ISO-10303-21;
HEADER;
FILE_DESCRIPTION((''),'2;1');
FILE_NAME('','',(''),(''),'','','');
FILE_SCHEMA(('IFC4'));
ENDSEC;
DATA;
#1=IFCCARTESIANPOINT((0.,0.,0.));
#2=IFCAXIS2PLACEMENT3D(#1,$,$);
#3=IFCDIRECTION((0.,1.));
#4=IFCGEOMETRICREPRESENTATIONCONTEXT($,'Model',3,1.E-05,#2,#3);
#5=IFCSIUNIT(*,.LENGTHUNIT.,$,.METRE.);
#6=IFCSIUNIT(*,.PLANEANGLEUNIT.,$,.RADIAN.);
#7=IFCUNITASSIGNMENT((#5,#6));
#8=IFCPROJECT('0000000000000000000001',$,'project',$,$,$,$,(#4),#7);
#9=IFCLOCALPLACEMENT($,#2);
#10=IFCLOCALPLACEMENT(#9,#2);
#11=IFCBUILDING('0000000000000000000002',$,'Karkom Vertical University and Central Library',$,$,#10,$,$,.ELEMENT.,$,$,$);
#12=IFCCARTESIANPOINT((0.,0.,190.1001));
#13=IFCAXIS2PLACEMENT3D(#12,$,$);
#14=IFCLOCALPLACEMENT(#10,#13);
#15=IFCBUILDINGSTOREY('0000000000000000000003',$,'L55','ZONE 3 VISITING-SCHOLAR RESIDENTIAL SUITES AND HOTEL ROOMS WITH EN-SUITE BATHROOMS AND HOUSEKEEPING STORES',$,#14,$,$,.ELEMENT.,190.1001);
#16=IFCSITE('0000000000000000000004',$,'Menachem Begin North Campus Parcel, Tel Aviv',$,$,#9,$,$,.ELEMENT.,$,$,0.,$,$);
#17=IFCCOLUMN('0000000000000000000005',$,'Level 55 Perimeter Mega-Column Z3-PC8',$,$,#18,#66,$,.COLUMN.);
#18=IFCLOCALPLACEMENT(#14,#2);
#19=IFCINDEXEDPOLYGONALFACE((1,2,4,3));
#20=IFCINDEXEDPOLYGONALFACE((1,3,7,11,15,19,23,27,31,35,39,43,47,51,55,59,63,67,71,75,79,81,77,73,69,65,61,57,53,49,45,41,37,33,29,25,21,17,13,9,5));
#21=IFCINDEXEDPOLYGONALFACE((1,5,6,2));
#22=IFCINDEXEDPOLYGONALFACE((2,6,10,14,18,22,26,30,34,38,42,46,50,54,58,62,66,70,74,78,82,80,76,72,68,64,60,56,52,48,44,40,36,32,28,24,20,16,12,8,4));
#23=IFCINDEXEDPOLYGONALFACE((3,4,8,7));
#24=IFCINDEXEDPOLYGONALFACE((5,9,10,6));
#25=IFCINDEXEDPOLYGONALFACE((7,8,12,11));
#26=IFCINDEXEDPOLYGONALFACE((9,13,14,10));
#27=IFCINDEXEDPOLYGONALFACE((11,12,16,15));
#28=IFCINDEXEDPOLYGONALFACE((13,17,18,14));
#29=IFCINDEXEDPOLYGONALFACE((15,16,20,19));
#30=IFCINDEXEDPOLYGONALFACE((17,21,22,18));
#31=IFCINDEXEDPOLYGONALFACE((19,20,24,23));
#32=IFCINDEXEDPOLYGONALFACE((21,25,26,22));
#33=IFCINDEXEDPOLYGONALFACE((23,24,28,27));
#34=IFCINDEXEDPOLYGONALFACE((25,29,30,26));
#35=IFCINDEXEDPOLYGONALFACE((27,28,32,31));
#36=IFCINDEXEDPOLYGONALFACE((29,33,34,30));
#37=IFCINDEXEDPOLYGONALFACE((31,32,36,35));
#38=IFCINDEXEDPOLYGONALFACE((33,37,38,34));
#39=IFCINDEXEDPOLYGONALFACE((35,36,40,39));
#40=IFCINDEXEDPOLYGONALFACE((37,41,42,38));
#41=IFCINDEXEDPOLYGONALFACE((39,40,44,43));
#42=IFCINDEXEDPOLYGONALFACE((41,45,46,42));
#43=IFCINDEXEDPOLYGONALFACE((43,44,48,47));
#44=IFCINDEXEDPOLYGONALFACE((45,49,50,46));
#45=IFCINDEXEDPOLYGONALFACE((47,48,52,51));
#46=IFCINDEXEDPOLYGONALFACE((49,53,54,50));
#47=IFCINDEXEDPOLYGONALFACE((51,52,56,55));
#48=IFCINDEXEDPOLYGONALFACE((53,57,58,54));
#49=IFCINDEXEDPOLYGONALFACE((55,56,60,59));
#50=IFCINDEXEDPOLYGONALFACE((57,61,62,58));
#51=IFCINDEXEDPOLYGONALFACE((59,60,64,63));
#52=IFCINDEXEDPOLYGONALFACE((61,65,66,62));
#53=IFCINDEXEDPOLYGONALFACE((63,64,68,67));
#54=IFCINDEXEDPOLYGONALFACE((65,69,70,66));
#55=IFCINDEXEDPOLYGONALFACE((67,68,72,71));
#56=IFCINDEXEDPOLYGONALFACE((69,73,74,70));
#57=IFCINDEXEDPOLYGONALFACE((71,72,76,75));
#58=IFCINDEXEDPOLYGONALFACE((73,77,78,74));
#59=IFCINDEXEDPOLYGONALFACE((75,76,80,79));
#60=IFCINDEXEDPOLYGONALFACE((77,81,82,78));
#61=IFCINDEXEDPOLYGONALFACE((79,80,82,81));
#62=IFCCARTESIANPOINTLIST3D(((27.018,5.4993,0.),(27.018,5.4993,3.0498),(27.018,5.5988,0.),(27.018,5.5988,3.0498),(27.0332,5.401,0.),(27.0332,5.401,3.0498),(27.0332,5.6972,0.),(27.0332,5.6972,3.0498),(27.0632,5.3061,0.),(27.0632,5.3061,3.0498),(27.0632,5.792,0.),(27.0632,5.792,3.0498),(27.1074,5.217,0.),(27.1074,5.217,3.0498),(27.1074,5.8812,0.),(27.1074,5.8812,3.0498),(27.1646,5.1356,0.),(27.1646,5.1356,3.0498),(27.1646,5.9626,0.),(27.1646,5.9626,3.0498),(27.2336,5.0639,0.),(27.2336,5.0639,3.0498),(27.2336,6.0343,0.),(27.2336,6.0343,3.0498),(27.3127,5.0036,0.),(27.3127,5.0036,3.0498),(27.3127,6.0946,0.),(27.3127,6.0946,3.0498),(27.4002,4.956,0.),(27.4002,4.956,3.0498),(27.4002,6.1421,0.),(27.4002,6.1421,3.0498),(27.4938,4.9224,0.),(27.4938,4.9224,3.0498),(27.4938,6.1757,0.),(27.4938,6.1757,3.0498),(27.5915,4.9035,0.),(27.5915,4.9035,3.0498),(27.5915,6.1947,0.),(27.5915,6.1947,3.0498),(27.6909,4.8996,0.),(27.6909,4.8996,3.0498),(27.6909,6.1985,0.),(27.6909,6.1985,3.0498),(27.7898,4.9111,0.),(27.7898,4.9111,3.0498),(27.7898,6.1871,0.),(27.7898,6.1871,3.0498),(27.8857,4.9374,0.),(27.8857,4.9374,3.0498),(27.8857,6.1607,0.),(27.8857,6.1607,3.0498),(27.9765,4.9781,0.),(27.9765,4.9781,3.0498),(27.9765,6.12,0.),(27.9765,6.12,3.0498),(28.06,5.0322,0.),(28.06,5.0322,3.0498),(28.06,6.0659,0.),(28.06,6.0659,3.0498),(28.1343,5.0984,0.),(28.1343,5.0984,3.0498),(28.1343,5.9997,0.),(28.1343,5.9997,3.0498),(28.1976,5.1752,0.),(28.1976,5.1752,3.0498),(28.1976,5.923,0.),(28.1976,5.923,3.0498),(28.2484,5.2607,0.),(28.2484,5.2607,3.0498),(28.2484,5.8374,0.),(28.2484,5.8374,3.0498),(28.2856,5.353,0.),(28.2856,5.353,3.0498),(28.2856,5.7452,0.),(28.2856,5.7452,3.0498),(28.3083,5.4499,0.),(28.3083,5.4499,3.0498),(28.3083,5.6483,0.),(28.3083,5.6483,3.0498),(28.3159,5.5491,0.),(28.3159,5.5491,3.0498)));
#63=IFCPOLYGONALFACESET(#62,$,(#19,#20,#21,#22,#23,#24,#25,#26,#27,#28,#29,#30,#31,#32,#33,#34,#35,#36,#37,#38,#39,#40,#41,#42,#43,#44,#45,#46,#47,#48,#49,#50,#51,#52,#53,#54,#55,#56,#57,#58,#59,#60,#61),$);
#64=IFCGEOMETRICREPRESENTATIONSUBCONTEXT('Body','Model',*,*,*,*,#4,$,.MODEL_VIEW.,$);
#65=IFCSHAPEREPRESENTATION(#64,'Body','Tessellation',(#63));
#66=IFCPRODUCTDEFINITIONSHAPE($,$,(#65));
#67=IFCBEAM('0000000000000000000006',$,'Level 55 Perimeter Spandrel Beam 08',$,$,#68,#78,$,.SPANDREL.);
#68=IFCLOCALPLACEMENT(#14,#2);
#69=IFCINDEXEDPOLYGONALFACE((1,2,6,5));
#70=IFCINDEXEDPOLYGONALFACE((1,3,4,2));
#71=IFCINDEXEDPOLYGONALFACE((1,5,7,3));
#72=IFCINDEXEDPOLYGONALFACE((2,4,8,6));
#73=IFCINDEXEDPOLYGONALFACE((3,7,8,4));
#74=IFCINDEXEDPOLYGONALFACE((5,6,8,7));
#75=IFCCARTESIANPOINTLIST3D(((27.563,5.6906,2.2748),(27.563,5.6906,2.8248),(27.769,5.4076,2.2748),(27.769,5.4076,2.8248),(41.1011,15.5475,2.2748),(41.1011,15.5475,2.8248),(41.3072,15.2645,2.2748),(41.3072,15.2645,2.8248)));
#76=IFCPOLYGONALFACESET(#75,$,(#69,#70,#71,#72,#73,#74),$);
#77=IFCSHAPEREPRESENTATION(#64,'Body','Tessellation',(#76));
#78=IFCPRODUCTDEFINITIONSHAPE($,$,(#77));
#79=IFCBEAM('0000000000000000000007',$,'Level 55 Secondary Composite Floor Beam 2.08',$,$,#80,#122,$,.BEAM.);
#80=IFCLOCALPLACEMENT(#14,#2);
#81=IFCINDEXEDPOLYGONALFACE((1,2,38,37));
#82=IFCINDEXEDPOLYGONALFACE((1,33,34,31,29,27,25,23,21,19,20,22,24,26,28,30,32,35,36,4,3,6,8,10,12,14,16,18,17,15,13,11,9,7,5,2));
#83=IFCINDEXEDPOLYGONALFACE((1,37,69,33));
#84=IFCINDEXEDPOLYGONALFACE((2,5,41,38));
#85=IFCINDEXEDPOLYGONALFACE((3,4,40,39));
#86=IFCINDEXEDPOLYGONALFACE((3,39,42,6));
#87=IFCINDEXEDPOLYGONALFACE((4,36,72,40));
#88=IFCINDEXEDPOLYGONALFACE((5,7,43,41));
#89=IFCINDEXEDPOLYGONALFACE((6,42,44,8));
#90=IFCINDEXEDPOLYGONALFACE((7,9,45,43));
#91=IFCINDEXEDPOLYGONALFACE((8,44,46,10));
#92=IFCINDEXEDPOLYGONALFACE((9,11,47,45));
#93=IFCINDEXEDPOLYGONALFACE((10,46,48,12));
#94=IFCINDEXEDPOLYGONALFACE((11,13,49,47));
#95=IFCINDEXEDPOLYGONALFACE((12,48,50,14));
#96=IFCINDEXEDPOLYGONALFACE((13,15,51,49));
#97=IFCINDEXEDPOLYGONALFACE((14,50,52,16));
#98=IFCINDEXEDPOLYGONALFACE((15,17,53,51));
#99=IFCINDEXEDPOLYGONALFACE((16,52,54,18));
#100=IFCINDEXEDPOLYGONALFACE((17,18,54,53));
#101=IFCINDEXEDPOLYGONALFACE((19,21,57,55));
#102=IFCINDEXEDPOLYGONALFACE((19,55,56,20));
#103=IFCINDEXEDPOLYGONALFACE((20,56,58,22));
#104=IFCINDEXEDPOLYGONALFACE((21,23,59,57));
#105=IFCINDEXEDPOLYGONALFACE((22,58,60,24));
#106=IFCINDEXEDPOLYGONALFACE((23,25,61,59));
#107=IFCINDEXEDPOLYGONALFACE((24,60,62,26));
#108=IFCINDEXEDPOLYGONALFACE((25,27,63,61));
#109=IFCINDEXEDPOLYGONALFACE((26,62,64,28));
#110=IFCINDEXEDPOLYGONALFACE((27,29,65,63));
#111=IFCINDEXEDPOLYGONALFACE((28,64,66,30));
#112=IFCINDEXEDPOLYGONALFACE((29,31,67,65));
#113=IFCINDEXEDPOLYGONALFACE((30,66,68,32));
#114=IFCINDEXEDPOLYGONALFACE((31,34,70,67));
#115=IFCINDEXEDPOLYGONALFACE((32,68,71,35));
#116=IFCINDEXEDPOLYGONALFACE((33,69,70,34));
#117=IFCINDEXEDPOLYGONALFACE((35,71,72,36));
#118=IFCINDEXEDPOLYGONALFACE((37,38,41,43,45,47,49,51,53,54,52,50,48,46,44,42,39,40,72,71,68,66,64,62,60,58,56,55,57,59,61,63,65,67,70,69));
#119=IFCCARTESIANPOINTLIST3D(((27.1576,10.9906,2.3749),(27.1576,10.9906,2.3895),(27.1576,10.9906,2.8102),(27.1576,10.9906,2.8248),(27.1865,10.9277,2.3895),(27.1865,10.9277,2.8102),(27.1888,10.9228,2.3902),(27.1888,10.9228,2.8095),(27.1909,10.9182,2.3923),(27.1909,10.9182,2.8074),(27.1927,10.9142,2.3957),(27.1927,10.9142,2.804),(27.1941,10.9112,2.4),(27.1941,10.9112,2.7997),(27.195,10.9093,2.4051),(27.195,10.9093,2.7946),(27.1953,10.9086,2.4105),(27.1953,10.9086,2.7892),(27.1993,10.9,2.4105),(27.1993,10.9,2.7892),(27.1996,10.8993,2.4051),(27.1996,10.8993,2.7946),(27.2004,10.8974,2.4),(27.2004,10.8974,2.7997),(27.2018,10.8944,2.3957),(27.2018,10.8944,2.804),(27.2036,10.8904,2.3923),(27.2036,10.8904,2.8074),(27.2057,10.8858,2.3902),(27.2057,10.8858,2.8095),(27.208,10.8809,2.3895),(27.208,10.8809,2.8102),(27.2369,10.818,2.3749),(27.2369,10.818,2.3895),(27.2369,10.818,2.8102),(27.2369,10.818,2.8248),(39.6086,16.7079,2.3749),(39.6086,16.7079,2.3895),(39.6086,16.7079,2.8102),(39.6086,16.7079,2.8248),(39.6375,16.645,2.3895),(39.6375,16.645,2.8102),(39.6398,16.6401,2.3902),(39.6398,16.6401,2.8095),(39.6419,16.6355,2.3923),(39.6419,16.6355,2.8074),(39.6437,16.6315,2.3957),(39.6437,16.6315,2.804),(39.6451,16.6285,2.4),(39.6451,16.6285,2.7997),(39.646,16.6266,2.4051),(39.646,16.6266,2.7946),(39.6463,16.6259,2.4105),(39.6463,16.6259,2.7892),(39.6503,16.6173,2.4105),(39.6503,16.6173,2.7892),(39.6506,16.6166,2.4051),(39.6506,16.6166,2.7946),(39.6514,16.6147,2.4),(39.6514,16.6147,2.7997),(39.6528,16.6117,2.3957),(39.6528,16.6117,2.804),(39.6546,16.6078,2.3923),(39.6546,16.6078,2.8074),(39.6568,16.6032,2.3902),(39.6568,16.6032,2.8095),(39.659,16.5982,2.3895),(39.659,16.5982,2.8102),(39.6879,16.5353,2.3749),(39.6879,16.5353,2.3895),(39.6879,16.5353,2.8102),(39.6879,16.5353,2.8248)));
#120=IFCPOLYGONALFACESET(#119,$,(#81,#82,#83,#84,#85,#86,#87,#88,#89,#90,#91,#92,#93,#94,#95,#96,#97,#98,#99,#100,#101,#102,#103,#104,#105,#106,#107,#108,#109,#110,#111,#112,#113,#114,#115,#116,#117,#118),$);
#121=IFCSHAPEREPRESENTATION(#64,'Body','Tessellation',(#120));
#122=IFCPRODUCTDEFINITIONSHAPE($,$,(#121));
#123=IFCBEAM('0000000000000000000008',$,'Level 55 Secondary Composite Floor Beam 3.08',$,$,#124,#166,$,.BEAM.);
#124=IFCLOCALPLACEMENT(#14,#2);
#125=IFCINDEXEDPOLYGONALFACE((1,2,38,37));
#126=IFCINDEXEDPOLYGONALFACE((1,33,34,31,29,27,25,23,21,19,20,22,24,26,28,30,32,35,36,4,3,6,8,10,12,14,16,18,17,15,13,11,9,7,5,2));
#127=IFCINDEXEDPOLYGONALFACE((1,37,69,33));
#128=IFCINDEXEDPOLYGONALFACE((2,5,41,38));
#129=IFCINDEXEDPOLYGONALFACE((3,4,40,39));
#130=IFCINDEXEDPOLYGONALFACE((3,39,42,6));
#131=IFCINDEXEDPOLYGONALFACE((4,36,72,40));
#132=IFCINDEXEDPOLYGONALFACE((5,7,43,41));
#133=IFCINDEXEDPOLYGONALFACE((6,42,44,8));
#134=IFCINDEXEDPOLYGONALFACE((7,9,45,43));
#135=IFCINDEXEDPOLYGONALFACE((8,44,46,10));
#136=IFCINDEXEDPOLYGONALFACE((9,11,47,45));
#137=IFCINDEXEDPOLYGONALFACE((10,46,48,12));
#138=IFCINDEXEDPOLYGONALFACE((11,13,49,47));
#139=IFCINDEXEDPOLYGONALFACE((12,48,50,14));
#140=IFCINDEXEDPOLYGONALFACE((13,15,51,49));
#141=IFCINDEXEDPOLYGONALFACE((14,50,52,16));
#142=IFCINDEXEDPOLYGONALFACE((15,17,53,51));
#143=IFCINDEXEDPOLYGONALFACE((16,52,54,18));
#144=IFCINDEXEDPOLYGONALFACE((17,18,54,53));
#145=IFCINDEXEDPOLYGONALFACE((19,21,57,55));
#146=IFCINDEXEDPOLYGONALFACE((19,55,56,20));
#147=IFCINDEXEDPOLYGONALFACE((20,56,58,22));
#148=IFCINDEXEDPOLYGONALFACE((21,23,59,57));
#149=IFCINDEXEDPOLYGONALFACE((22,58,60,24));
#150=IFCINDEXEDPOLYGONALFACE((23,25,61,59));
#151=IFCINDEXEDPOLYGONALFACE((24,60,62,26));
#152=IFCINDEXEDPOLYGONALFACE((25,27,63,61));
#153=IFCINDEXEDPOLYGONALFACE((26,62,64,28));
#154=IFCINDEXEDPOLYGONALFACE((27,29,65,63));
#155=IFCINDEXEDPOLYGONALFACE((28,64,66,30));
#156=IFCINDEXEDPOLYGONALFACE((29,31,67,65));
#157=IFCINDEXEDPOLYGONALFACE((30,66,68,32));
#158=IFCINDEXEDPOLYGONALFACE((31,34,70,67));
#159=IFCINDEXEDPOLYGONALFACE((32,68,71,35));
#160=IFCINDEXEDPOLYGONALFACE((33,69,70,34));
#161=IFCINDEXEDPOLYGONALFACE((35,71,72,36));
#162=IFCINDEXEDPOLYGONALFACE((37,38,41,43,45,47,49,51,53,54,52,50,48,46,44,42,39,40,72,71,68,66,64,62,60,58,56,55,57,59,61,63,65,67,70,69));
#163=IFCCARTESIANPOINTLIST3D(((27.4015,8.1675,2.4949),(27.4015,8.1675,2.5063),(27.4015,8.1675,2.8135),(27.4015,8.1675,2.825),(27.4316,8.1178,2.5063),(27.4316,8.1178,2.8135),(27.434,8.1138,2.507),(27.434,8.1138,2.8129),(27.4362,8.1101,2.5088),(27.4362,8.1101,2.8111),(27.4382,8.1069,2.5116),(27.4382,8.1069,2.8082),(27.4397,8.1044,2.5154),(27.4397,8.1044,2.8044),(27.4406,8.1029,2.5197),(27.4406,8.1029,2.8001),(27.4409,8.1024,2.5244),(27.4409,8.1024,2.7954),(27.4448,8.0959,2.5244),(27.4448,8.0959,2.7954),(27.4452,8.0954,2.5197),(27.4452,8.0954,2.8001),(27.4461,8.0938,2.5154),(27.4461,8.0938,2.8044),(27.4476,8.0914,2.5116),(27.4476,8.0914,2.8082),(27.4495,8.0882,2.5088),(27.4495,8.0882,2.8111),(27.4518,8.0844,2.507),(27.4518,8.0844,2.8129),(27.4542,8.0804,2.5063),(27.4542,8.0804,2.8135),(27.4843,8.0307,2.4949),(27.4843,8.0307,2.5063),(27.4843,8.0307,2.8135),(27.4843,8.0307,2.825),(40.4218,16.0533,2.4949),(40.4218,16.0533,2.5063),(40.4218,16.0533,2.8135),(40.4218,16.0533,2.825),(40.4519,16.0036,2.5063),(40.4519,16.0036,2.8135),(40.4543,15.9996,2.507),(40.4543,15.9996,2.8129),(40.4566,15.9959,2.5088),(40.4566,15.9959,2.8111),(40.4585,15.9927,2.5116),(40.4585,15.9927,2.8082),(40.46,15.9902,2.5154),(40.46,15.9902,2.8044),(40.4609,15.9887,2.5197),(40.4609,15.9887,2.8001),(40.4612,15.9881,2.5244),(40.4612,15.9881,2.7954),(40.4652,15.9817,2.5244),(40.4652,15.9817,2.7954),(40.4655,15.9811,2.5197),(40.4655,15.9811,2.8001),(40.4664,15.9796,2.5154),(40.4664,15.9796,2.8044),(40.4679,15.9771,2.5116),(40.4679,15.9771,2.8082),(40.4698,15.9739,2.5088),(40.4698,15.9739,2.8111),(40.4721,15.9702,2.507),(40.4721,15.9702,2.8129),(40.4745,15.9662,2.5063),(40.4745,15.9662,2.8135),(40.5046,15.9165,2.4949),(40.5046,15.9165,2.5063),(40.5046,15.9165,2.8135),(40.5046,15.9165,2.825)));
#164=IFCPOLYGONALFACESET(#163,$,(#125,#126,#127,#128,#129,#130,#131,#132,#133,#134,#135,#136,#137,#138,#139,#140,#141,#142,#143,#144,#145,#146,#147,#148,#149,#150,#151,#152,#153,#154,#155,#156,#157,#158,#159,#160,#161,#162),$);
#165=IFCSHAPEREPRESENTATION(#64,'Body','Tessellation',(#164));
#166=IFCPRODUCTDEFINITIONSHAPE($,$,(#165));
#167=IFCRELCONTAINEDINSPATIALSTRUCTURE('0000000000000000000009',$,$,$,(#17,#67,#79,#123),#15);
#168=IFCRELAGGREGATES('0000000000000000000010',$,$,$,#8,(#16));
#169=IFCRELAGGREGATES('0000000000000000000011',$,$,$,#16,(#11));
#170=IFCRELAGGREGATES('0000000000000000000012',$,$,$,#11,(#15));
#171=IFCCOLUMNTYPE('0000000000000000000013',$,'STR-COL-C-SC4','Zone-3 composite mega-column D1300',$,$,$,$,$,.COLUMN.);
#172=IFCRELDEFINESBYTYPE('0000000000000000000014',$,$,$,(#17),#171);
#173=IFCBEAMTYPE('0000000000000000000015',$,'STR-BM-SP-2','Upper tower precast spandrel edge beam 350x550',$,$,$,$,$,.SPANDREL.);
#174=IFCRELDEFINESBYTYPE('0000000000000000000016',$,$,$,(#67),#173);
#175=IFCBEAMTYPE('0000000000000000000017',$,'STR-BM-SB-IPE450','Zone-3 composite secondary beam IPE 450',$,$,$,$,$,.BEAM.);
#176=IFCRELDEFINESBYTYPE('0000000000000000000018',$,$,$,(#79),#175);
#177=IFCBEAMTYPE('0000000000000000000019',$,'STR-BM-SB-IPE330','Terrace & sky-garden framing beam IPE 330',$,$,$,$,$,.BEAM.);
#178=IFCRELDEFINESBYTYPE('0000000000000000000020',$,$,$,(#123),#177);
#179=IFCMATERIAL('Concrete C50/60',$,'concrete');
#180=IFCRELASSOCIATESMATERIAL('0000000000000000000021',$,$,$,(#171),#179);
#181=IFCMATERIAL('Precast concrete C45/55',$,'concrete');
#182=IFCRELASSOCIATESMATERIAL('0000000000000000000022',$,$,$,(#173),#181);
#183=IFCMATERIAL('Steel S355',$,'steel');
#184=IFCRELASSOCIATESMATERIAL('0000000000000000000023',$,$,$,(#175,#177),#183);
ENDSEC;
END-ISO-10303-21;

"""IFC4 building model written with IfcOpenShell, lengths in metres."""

from ifc_helpers import new_model, si_unit, direction, frame, origin, origin_with_axes, origin_2d, place, context, subcontext, project, spatial, rectangle, circle, i_section, extrude, source, transform, mapped, material, material_profile, profile_set, type_object, element, save


model = new_model("IFC4")

# Units and contexts
model_context = context("Model", 3, precision=1e-05, world=origin(), true_north=direction((0.0, 1.0)))
body_context = subcontext(model_context, "Body", "Model", "MODEL_VIEW")
ifc_project = project(units=[si_unit("LENGTHUNIT", "METRE"), si_unit("PLANEANGLEUNIT", "RADIAN")], contexts=[model_context])

# Site, building, storey
site_placement = place(None, origin())
site = spatial("IfcSite", under=ifc_project, at=site_placement, Name="Menachem Begin North Campus Parcel, Tel Aviv", CompositionType="ELEMENT", RefElevation=0.0)
building_placement = place(site_placement, origin())
building = spatial("IfcBuilding", under=site, at=building_placement, Name="Karkom Vertical University and Central Library", CompositionType="ELEMENT")
storey_placement = place(building_placement, frame((0.0, 0.0, 190.1001)))
storey = spatial("IfcBuildingStorey", under=building, at=storey_placement, Name="L55", Description="ZONE 3 VISITING-SCHOLAR RESIDENTIAL SUITES AND HOTEL ROOMS WITH EN-SUITE BATHROOMS AND HOUSEKEEPING STORES", CompositionType="ELEMENT", Elevation=190.1001)

# Column
ifc_material_1 = material(Name="Concrete C50/60", Category="concrete")
ifc_material_profile_1 = material_profile(ifc_material_1, circle(Radius=0.6499, at=origin_2d()), Name="CFT-D1300")
ifc_profile_set_1 = profile_set([ifc_material_profile_1], Name="Concrete C50/60")
column_type = type_object("IfcColumnType", Name="STR-COL-C-SC4", Description="Zone-3 composite mega-column D1300", PredefinedType="COLUMN", material=ifc_profile_set_1)
shared_shape_1 = source(origin_with_axes(), body_context, "Body", "SweptSolid", [
    extrude(circle(Radius=0.6499, at=origin_2d()), origin(), (0.0, 0.0, 1.0), 3.0498),
])
column_placement = place(storey_placement, frame((27.666, 5.5491, 0.0), z_axis=(0.0, 0.0, 1.0), x_axis=(1.0, 0.0, 0.0)))
element("IfcColumn", 1, at=column_placement, inside=storey, type_object=column_type, Name="Level 55 Perimeter Mega-Column Z3-PC8", PredefinedType="COLUMN", context=body_context, shape_type="MappedRepresentation", body=[
    mapped(shared_shape_1, transform((0.0, 0.0, 0.0), scale=1.0)),
])

# Beams
ifc_material_2 = material(Name="Precast concrete C45/55", Category="concrete")
ifc_material_profile_2 = material_profile(ifc_material_2, rectangle(XDim=0.3501, YDim=0.55, at=origin_2d()), Name="SPB-350x550")
ifc_profile_set_2 = profile_set([ifc_material_profile_2], Name="Precast concrete C45/55")
beam_type_1 = type_object("IfcBeamType", Name="STR-BM-SP-2", Description="Upper tower precast spandrel edge beam 350x550", PredefinedType="SPANDREL", material=ifc_profile_set_2)
shared_shape_2 = source(origin_with_axes(), body_context, "Body", "SweptSolid", [
    extrude(rectangle(XDim=0.3501, YDim=0.55, at=origin_2d()), origin(), (0.0, 0.0, 1.0), 16.7463),
])
beam_1_placement = place(storey_placement, frame((27.666, 5.5491, 2.5498), z_axis=(0.808422, 0.588603, 0.0), x_axis=(-0.588603, 0.808422, 0.0)))
element("IfcBeam", 2, at=beam_1_placement, inside=storey, type_object=beam_type_1, Name="Level 55 Perimeter Spandrel Beam 08", PredefinedType="SPANDREL", context=body_context, shape_type="MappedRepresentation", body=[
    mapped(shared_shape_2, transform((0.0, 0.0, 0.0), scale=1.0)),
])
ifc_material_3 = material(Name="Steel S355", Category="steel")
ifc_material_profile_3 = material_profile(ifc_material_3, i_section(OverallWidth=0.1899, OverallDepth=0.45, WebThickness=0.0095, FlangeThickness=0.0146, FilletRadius=0.021, at=origin_2d()), Name="IPE 450")
ifc_profile_set_3 = profile_set([ifc_material_profile_3], Name="Steel S355")
beam_type_2 = type_object("IfcBeamType", Name="STR-BM-SB-IPE450", Description="Zone-3 composite secondary beam IPE 450", PredefinedType="BEAM", material=ifc_profile_set_3)
shared_shape_3 = source(origin_with_axes(), body_context, "Body", "SweptSolid", [
    extrude(i_section(OverallWidth=0.1899, OverallDepth=0.45, WebThickness=0.0095, FlangeThickness=0.0146, FilletRadius=0.021, at=origin_2d()), origin(), (0.0, 0.0, 1.0), 13.7009),
])
beam_2_placement = place(storey_placement, frame((27.1973, 10.9043, 2.5999), z_axis=(0.908771, 0.417295, 0.0), x_axis=(-0.417295, 0.908771, 0.0)))
element("IfcBeam", 3, at=beam_2_placement, inside=storey, type_object=beam_type_2, Name="Level 55 Secondary Composite Floor Beam 2.08", PredefinedType="BEAM", context=body_context, shape_type="MappedRepresentation", body=[
    mapped(shared_shape_3, transform((0.0, 0.0, 0.0), scale=1.0)),
])
ifc_material_profile_4 = material_profile(ifc_material_3, i_section(OverallWidth=0.1599, OverallDepth=0.3301, WebThickness=0.0076, FlangeThickness=0.0115, FilletRadius=0.0181, at=origin_2d()), Name="IPE 330")
ifc_profile_set_4 = profile_set([ifc_material_profile_4], Name="Steel S355")
beam_type_3 = type_object("IfcBeamType", Name="STR-BM-SB-IPE330", Description="Terrace & sky-garden framing beam IPE 330", PredefinedType="BEAM", material=ifc_profile_set_4)
shared_shape_4 = source(origin_with_axes(), body_context, "Body", "SweptSolid", [
    extrude(i_section(OverallWidth=0.1599, OverallDepth=0.3301, WebThickness=0.0076, FlangeThickness=0.0115, FilletRadius=0.0181, at=origin_2d()), origin(), (0.0, 0.0, 1.0), 15.2222),
])
beam_3_placement = place(storey_placement, frame((27.4429, 8.0991, 2.6599), z_axis=(0.855353, 0.518046, 0.0), x_axis=(-0.518046, 0.855353, 0.0)))
element("IfcBeam", 4, at=beam_3_placement, inside=storey, type_object=beam_type_3, Name="Level 55 Secondary Composite Floor Beam 3.08", PredefinedType="BEAM", context=body_context, shape_type="MappedRepresentation", body=[
    mapped(shared_shape_4, transform((0.0, 0.0, 0.0), scale=1.0)),
])

save(model, "model.ifc")
